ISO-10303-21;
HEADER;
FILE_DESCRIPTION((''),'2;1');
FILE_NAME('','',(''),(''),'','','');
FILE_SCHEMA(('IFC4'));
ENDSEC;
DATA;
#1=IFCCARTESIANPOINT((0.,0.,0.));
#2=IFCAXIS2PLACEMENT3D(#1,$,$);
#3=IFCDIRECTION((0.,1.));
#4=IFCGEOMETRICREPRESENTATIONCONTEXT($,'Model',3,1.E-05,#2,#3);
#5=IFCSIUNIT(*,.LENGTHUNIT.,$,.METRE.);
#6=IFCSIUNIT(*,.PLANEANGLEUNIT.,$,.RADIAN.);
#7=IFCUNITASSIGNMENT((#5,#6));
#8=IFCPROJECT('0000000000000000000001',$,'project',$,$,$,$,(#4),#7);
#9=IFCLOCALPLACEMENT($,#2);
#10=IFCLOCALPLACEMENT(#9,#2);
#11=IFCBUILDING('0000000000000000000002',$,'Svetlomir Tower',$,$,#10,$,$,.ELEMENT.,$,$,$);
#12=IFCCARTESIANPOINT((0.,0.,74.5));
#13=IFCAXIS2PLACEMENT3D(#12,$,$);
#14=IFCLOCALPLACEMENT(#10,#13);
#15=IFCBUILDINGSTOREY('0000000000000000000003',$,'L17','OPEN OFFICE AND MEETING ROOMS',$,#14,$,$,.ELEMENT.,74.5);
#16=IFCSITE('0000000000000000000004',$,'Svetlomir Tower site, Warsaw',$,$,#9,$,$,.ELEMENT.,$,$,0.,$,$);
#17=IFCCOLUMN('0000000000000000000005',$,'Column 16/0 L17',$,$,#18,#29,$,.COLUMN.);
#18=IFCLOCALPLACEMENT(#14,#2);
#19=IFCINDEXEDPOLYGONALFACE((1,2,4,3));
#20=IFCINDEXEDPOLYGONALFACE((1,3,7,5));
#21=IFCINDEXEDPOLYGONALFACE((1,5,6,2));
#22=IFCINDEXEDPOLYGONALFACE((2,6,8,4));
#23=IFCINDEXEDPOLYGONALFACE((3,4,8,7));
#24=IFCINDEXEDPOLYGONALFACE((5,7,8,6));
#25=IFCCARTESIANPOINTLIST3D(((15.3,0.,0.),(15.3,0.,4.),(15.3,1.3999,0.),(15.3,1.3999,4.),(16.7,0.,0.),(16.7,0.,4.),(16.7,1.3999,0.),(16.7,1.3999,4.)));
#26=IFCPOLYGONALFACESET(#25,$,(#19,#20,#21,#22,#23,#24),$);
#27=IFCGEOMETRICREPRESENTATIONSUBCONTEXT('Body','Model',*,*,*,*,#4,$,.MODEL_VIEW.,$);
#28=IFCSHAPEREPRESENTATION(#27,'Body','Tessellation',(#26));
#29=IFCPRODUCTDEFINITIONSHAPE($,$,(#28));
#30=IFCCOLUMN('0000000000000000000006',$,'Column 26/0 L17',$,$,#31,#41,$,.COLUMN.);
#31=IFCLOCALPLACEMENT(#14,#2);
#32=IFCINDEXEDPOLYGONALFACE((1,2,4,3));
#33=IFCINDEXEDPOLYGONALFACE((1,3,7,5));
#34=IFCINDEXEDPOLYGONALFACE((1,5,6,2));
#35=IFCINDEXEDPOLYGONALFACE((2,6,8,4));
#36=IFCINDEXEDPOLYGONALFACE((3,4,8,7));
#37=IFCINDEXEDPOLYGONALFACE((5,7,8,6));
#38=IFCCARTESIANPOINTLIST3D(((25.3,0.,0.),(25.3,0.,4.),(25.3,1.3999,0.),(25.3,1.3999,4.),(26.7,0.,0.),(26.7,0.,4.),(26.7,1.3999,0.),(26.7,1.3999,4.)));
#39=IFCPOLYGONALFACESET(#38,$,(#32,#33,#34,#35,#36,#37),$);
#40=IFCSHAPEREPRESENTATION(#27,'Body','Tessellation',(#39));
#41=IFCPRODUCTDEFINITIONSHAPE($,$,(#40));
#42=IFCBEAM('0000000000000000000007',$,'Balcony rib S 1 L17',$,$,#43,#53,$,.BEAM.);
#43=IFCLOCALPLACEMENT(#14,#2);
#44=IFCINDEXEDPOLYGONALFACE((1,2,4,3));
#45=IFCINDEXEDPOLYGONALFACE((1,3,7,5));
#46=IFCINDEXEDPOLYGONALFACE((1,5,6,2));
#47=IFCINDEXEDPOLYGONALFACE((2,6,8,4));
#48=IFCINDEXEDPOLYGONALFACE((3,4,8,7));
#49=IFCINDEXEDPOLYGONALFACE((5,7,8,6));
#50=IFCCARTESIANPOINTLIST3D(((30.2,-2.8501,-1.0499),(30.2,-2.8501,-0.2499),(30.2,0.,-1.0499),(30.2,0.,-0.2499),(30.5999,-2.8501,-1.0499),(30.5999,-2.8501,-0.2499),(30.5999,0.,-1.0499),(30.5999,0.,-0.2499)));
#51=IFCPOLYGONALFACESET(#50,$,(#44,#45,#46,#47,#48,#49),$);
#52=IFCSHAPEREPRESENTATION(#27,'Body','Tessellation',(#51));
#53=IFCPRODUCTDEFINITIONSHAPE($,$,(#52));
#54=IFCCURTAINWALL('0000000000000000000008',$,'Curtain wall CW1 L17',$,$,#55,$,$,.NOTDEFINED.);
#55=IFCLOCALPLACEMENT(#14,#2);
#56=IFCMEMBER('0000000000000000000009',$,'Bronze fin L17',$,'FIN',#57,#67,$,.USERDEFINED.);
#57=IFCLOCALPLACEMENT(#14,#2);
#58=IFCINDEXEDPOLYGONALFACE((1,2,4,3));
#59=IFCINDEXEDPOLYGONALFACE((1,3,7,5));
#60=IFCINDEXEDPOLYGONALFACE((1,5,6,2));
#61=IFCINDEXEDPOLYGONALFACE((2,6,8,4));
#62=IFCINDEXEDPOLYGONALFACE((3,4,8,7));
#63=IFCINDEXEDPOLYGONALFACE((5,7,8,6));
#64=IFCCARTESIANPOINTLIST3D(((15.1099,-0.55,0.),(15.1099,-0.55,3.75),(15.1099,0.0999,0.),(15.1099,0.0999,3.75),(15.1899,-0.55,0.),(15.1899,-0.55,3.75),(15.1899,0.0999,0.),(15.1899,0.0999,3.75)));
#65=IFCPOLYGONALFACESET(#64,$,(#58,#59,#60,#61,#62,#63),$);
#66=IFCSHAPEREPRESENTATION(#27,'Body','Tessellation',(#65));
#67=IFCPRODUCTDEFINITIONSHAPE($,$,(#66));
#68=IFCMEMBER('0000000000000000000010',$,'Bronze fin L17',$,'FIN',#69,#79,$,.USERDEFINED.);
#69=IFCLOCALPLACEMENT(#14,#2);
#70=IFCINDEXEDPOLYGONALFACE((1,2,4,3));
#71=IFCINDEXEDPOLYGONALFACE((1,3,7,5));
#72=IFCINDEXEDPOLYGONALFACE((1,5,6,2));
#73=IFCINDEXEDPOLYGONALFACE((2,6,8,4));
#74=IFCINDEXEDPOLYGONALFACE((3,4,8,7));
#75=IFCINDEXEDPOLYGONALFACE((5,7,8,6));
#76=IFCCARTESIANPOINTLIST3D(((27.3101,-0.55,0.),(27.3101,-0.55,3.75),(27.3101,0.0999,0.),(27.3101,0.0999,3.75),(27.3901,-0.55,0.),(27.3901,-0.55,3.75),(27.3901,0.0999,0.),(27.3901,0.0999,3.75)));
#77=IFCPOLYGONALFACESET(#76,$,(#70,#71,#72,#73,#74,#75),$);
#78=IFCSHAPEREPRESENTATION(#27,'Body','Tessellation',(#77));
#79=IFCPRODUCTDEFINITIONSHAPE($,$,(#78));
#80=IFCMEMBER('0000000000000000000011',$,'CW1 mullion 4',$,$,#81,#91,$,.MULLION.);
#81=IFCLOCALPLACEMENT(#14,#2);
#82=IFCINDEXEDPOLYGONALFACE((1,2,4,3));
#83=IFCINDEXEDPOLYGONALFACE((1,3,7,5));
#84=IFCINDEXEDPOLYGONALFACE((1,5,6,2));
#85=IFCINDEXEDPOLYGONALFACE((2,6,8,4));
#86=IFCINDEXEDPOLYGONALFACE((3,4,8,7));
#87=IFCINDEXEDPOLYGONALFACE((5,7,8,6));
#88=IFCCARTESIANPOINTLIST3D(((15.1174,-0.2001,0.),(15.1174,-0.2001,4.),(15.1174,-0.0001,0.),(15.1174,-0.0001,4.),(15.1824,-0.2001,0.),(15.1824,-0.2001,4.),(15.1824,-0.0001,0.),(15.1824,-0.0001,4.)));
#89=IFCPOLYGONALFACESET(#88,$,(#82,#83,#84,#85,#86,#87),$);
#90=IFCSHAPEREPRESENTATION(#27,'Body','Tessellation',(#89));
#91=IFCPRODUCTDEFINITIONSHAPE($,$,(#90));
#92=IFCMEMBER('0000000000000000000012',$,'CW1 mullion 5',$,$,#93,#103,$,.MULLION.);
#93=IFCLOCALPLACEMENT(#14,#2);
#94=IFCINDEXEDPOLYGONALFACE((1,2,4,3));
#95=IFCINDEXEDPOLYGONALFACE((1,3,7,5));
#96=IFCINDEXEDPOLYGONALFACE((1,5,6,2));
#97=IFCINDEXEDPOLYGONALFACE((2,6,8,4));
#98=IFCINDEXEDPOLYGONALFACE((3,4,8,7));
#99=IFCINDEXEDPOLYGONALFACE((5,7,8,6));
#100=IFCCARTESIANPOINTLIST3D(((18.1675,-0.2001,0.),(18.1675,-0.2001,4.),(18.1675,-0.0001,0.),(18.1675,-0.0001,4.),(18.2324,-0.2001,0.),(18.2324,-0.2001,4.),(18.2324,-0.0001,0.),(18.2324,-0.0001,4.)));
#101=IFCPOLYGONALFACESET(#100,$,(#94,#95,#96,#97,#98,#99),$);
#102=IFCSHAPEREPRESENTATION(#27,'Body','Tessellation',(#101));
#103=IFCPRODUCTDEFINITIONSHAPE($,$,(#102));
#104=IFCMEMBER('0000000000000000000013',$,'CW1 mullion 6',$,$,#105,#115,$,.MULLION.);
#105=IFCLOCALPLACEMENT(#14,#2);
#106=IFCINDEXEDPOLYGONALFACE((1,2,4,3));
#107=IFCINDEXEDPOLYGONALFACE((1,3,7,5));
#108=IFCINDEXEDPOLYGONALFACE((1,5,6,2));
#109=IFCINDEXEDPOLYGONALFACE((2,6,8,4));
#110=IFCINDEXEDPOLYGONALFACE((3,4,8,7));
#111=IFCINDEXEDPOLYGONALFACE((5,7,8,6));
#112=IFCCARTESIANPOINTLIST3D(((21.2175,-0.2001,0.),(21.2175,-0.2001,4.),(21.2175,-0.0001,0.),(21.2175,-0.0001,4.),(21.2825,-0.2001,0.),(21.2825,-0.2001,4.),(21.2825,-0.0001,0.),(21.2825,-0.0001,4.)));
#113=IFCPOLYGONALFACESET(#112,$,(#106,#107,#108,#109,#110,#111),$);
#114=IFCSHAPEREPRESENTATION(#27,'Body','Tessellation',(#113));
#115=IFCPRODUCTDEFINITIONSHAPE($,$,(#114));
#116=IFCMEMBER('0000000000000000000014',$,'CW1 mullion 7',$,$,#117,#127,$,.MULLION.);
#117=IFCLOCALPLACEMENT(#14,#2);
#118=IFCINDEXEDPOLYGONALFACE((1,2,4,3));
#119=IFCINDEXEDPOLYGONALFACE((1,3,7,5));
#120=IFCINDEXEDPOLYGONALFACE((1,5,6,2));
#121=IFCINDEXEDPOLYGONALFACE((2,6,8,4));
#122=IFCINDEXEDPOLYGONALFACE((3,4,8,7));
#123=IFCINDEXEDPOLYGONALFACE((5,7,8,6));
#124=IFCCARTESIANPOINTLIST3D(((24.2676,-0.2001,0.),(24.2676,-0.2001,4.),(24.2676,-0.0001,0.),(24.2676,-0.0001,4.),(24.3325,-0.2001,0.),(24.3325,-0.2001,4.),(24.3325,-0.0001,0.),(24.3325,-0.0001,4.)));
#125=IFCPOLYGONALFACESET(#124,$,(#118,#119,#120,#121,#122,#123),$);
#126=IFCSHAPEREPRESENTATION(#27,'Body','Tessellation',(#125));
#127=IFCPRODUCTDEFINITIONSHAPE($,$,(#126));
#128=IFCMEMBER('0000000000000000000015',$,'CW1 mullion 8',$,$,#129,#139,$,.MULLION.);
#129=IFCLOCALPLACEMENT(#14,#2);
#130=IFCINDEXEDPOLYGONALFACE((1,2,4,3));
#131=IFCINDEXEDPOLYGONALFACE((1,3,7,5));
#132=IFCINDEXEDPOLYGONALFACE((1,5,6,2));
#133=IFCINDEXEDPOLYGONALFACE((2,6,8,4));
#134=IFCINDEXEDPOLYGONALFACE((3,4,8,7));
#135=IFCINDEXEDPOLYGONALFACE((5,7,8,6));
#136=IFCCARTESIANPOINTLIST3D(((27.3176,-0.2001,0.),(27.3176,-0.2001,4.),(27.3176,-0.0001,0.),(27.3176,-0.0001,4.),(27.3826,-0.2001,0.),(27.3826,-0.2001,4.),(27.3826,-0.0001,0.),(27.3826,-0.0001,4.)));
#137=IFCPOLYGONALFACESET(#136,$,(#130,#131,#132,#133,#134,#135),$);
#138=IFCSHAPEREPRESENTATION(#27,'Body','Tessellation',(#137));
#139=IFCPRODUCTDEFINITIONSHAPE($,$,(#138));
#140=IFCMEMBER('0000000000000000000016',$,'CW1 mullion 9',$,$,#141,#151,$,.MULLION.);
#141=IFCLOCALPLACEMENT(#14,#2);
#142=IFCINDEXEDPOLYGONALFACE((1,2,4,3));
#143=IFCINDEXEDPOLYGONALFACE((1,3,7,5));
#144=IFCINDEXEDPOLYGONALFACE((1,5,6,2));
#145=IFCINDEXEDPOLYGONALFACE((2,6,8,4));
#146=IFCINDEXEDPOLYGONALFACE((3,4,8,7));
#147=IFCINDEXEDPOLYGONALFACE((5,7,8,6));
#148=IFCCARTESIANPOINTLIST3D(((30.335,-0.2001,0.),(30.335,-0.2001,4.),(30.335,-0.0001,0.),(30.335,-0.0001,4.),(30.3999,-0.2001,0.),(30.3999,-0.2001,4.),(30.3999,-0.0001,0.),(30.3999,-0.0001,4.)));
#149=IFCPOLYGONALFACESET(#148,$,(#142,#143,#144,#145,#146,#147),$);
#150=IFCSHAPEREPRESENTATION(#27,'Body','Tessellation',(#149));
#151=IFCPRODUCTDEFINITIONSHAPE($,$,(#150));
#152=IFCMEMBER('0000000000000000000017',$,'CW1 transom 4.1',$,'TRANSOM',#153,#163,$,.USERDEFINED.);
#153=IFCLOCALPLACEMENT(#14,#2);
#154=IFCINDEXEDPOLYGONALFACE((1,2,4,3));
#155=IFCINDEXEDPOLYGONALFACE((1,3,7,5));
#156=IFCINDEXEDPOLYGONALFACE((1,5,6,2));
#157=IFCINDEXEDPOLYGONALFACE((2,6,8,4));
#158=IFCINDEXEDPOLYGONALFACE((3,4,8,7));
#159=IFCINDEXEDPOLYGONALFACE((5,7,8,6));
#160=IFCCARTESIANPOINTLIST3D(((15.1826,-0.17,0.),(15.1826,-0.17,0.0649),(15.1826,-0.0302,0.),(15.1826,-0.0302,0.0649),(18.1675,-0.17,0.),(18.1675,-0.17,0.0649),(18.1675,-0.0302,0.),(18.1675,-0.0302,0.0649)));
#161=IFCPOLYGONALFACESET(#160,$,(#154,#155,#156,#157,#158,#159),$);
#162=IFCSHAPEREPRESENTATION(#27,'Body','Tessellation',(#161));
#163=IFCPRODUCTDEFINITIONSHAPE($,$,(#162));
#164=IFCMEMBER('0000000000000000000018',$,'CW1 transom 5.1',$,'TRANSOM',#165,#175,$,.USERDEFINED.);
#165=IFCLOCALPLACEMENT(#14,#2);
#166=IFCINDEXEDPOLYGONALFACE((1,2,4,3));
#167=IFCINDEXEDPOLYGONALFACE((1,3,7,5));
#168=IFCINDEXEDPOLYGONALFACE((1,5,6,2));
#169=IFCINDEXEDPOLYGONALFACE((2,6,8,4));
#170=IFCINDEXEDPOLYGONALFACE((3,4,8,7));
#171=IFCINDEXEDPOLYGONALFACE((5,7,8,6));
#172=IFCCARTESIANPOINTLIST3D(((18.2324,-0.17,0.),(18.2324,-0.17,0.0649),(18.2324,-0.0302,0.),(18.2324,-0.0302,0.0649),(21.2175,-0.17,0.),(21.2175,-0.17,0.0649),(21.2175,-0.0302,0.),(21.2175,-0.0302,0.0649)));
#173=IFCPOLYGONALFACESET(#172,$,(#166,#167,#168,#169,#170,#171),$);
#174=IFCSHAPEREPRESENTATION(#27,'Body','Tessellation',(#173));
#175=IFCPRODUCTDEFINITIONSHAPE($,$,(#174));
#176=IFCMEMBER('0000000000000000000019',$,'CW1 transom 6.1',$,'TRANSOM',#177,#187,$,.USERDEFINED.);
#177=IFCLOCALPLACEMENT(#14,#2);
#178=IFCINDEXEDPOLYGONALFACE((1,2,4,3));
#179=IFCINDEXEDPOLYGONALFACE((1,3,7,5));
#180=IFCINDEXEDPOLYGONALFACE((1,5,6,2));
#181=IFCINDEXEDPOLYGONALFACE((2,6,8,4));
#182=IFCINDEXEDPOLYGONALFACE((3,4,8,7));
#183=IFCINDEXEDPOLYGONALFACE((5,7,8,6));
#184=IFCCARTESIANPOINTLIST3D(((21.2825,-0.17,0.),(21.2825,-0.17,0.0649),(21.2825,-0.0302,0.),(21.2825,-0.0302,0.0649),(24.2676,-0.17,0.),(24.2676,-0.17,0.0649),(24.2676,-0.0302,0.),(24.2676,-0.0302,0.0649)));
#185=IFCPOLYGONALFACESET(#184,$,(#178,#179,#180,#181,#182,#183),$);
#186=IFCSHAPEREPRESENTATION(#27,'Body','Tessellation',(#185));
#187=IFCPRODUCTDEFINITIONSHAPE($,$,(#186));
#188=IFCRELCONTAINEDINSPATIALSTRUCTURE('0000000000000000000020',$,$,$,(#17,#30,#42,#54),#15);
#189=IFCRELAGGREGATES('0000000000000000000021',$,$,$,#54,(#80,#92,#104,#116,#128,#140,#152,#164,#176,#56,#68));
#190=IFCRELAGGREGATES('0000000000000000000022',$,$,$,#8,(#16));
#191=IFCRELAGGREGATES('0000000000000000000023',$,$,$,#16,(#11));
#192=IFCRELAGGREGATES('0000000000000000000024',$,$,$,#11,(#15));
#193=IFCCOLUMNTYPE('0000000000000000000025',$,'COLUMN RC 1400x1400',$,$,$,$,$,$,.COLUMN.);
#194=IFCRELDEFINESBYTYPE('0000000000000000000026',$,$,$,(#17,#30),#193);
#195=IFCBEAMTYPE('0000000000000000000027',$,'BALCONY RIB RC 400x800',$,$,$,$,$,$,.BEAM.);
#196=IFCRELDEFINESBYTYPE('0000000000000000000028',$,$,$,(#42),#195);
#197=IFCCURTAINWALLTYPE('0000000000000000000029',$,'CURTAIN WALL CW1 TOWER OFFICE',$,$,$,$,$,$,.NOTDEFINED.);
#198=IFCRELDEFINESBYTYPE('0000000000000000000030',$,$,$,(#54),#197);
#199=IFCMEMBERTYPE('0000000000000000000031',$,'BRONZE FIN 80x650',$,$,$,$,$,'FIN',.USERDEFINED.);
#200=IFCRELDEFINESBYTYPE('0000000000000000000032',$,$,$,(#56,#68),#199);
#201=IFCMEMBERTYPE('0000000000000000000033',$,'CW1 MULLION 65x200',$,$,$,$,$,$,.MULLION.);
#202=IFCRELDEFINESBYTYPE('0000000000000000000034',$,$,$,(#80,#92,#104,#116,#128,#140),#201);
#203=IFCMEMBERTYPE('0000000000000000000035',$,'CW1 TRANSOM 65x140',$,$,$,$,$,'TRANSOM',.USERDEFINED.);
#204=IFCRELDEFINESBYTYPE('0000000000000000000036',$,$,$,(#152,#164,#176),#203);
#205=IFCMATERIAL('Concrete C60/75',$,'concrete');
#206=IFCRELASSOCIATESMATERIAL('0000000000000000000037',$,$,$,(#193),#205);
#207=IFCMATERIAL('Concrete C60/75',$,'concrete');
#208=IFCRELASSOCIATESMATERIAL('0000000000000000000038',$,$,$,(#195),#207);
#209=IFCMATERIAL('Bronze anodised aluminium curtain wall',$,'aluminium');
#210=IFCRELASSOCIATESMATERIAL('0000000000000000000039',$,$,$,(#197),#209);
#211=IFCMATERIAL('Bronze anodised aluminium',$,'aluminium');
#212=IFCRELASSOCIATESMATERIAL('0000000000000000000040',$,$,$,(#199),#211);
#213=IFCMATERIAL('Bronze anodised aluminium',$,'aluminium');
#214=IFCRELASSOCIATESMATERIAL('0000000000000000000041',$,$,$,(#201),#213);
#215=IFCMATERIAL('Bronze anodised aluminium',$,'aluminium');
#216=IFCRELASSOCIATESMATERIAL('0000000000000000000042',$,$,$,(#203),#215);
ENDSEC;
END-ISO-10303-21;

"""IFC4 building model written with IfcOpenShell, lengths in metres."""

from ifc_helpers import new_model, si_unit, direction, frame, origin, origin_2d, place, context, subcontext, project, spatial, rectangle, extrude, material, material_profile, profile_set, type_object, element, aggregate, save


model = new_model("IFC4")

# Units and contexts
model_context = context("Model", 3, precision=1e-05, world=origin(), true_north=direction((0.0, 1.0)))
body_context = subcontext(model_context, "Body", "Model", "MODEL_VIEW")
ifc_project = project(units=[si_unit("LENGTHUNIT", "METRE"), si_unit("PLANEANGLEUNIT", "RADIAN")], contexts=[model_context])

# Site, building, storey
site_placement = place(None, origin())
site = spatial("IfcSite", under=ifc_project, at=site_placement, Name="Svetlomir Tower site, Warsaw", CompositionType="ELEMENT", RefElevation=0.0)
building_placement = place(site_placement, origin())
building = spatial("IfcBuilding", under=site, at=building_placement, Name="Svetlomir Tower", CompositionType="ELEMENT")
storey_placement = place(building_placement, frame((0.0, 0.0, 74.5)))
storey = spatial("IfcBuildingStorey", under=building, at=storey_placement, Name="L17", Description="OPEN OFFICE AND MEETING ROOMS", CompositionType="ELEMENT", Elevation=74.5)

# Columns
ifc_material_1 = material(Name="Concrete C60/75", Category="concrete")
ifc_material_profile_1 = material_profile(ifc_material_1, rectangle(XDim=1.3999, YDim=1.3999, at=origin_2d()), Name="RC 1400x1400")
ifc_profile_set_1 = profile_set([ifc_material_profile_1], Name="Concrete C60/75")
column_type = type_object("IfcColumnType", Name="COLUMN RC 1400x1400", PredefinedType="COLUMN", material=ifc_profile_set_1)
for number, where, z_axis, x_axis, name in (
    (1, (16.0, 0.7, 0.0), (0.0, 0.0, 1.0), (1.0, 0.0, 0.0), "Column 16/0 L17"),
    (2, (26.0, 0.7, 0.0), (0.0, 0.0, 1.0), (1.0, 0.0, 0.0), "Column 26/0 L17"),
):
    element("IfcColumn", number, at=place(storey_placement, frame(where, z_axis=z_axis, x_axis=x_axis)), inside=storey, type_object=column_type, Name=name, PredefinedType="COLUMN", context=body_context, shape_type="SweptSolid", body=[
        extrude(rectangle(XDim=1.3999, YDim=1.3999, at=origin_2d()), origin(), (0.0, 0.0, 1.0), 4.0),
    ])

# Beam
ifc_material_2 = material(Name="Concrete C60/75", Category="concrete")
ifc_material_profile_2 = material_profile(ifc_material_2, rectangle(XDim=0.3999, YDim=0.8, at=origin_2d()), Name="RC 400x800")
ifc_profile_set_2 = profile_set([ifc_material_profile_2], Name="Concrete C60/75")
beam_type_1 = type_object("IfcBeamType", Name="BALCONY RIB RC 400x800", PredefinedType="BEAM", material=ifc_profile_set_2)
beam_1_placement = place(storey_placement, frame((30.3999, 0.0, -0.6499), z_axis=(0.0, -1.0, 0.0), x_axis=(1.0, 0.0, 0.0)))
element("IfcBeam", 3, at=beam_1_placement, inside=storey, type_object=beam_type_1, Name="Balcony rib S 1 L17", PredefinedType="BEAM", context=body_context, shape_type="SweptSolid", body=[
    extrude(rectangle(XDim=0.3999, YDim=0.8, at=origin_2d()), origin(), (0.0, 0.0, 1.0), 2.8501),
])

# Curtain wall, members
ifc_material_3 = material(Name="Bronze anodised aluminium curtain wall", Category="aluminium")
curtain_wall_type = type_object("IfcCurtainWallType", Name="CURTAIN WALL CW1 TOWER OFFICE", PredefinedType="NOTDEFINED", material=ifc_material_3)
curtain_wall_placement = place(storey_placement, origin())
curtain_wall = element("IfcCurtainWall", 4, at=curtain_wall_placement, inside=storey, type_object=curtain_wall_type, Name="Curtain wall CW1 L17", PredefinedType="NOTDEFINED")
ifc_material_4 = material(Name="Bronze anodised aluminium", Category="aluminium")
ifc_material_profile_3 = material_profile(ifc_material_4, rectangle(XDim=0.0801, YDim=0.6499, at=origin_2d()), Name="FIN 80x650")
ifc_profile_set_3 = profile_set([ifc_material_profile_3], Name="Bronze anodised aluminium 6063-T6")
member_type_1 = type_object("IfcMemberType", Name="BRONZE FIN 80x650", ElementType="FIN", PredefinedType="USERDEFINED", material=ifc_profile_set_3)
member_1_placement = place(storey_placement, frame((15.1499, -0.2251, 0.0), z_axis=(0.0, 0.0, 1.0), x_axis=(1.0, 0.0, 0.0)))
member_1 = element("IfcMember", 5, at=member_1_placement, type_object=member_type_1, Name="Bronze fin L17", ObjectType="FIN", PredefinedType="USERDEFINED", context=body_context, shape_type="SweptSolid", body=[
    extrude(rectangle(XDim=0.0801, YDim=0.6499, at=origin_2d()), origin(), (0.0, 0.0, 1.0), 3.75),
])
member_2_placement = place(storey_placement, frame((27.3501, -0.2251, 0.0), z_axis=(0.0, 0.0, 1.0), x_axis=(1.0, 0.0, 0.0)))
member_2 = element("IfcMember", 6, at=member_2_placement, type_object=member_type_1, Name="Bronze fin L17", ObjectType="FIN", PredefinedType="USERDEFINED", context=body_context, shape_type="SweptSolid", body=[
    extrude(rectangle(XDim=0.0801, YDim=0.6499, at=origin_2d()), origin(), (0.0, 0.0, 1.0), 3.75),
])
ifc_material_5 = material(Name="Bronze anodised aluminium", Category="aluminium")
ifc_material_profile_4 = material_profile(ifc_material_5, rectangle(XDim=0.0649, YDim=0.2, at=origin_2d()), Name="AL 65x200")
ifc_profile_set_4 = profile_set([ifc_material_profile_4], Name="Bronze anodised aluminium 6063-T6")
member_type_2 = type_object("IfcMemberType", Name="CW1 MULLION 65x200", PredefinedType="MULLION", material=ifc_profile_set_4)
member_3_placement = place(storey_placement, frame((15.1499, -0.1001, 0.0), z_axis=(0.0, 0.0, 1.0), x_axis=(1.0, 0.0, 0.0)))
member_3 = element("IfcMember", 7, at=member_3_placement, type_object=member_type_2, Name="CW1 mullion 4", PredefinedType="MULLION", context=body_context, shape_type="SweptSolid", body=[
    extrude(rectangle(XDim=0.0649, YDim=0.2, at=origin_2d()), origin(), (0.0, 0.0, 1.0), 4.0),
])
member_4_placement = place(storey_placement, frame((18.2, -0.1001, 0.0), z_axis=(0.0, 0.0, 1.0), x_axis=(1.0, 0.0, 0.0)))
member_4 = element("IfcMember", 8, at=member_4_placement, type_object=member_type_2, Name="CW1 mullion 5", PredefinedType="MULLION", context=body_context, shape_type="SweptSolid", body=[
    extrude(rectangle(XDim=0.0649, YDim=0.2, at=origin_2d()), origin(), (0.0, 0.0, 1.0), 4.0),
])
member_5_placement = place(storey_placement, frame((21.25, -0.1001, 0.0), z_axis=(0.0, 0.0, 1.0), x_axis=(1.0, 0.0, 0.0)))
member_5 = element("IfcMember", 9, at=member_5_placement, type_object=member_type_2, Name="CW1 mullion 6", PredefinedType="MULLION", context=body_context, shape_type="SweptSolid", body=[
    extrude(rectangle(XDim=0.0649, YDim=0.2, at=origin_2d()), origin(), (0.0, 0.0, 1.0), 4.0),
])
member_6_placement = place(storey_placement, frame((24.3, -0.1001, 0.0), z_axis=(0.0, 0.0, 1.0), x_axis=(1.0, 0.0, 0.0)))
member_6 = element("IfcMember", 10, at=member_6_placement, type_object=member_type_2, Name="CW1 mullion 7", PredefinedType="MULLION", context=body_context, shape_type="SweptSolid", body=[
    extrude(rectangle(XDim=0.0649, YDim=0.2, at=origin_2d()), origin(), (0.0, 0.0, 1.0), 4.0),
])
member_7_placement = place(storey_placement, frame((27.3501, -0.1001, 0.0), z_axis=(0.0, 0.0, 1.0), x_axis=(1.0, 0.0, 0.0)))
member_7 = element("IfcMember", 11, at=member_7_placement, type_object=member_type_2, Name="CW1 mullion 8", PredefinedType="MULLION", context=body_context, shape_type="SweptSolid", body=[
    extrude(rectangle(XDim=0.0649, YDim=0.2, at=origin_2d()), origin(), (0.0, 0.0, 1.0), 4.0),
])
member_8_placement = place(storey_placement, frame((30.3674, -0.1001, 0.0), z_axis=(0.0, 0.0, 1.0), x_axis=(1.0, 0.0, 0.0)))
member_8 = element("IfcMember", 12, at=member_8_placement, type_object=member_type_2, Name="CW1 mullion 9", PredefinedType="MULLION", context=body_context, shape_type="SweptSolid", body=[
    extrude(rectangle(XDim=0.0649, YDim=0.2, at=origin_2d()), origin(), (0.0, 0.0, 1.0), 4.0),
])
ifc_material_6 = material(Name="Bronze anodised aluminium", Category="aluminium")
ifc_material_profile_5 = material_profile(ifc_material_6, rectangle(XDim=0.1399, YDim=0.0649, at=origin_2d()), Name="AL 140x65")
ifc_profile_set_5 = profile_set([ifc_material_profile_5], Name="Bronze anodised aluminium 6063-T6")
member_type_3 = type_object("IfcMemberType", Name="CW1 TRANSOM 65x140", ElementType="TRANSOM", PredefinedType="USERDEFINED", material=ifc_profile_set_5)
member_9_placement = place(storey_placement, frame((15.1826, -0.1001, 0.0325), z_axis=(1.0, 0.0, 0.0), x_axis=(0.0, 1.0, 0.0)))
member_9 = element("IfcMember", 13, at=member_9_placement, type_object=member_type_3, Name="CW1 transom 4.1", ObjectType="TRANSOM", PredefinedType="USERDEFINED", context=body_context, shape_type="SweptSolid", body=[
    extrude(rectangle(XDim=0.1399, YDim=0.0649, at=origin_2d()), origin(), (0.0, 0.0, 1.0), 2.9849),
])
member_10_placement = place(storey_placement, frame((18.2324, -0.1001, 0.0325), z_axis=(1.0, 0.0, 0.0), x_axis=(0.0, 1.0, 0.0)))
member_10 = element("IfcMember", 14, at=member_10_placement, type_object=member_type_3, Name="CW1 transom 5.1", ObjectType="TRANSOM", PredefinedType="USERDEFINED", context=body_context, shape_type="SweptSolid", body=[
    extrude(rectangle(XDim=0.1399, YDim=0.0649, at=origin_2d()), origin(), (0.0, 0.0, 1.0), 2.9851),
])
member_11_placement = place(storey_placement, frame((21.2825, -0.1001, 0.0325), z_axis=(1.0, 0.0, 0.0), x_axis=(0.0, 1.0, 0.0)))
member_11 = element("IfcMember", 15, at=member_11_placement, type_object=member_type_3, Name="CW1 transom 6.1", ObjectType="TRANSOM", PredefinedType="USERDEFINED", context=body_context, shape_type="SweptSolid", body=[
    extrude(rectangle(XDim=0.1399, YDim=0.0649, at=origin_2d()), origin(), (0.0, 0.0, 1.0), 2.9851),
])

aggregate(curtain_wall, [member_3, member_4, member_5, member_6, member_7, member_8, member_9, member_10, member_11, member_1, member_2])

save(model, "model.ifc")
